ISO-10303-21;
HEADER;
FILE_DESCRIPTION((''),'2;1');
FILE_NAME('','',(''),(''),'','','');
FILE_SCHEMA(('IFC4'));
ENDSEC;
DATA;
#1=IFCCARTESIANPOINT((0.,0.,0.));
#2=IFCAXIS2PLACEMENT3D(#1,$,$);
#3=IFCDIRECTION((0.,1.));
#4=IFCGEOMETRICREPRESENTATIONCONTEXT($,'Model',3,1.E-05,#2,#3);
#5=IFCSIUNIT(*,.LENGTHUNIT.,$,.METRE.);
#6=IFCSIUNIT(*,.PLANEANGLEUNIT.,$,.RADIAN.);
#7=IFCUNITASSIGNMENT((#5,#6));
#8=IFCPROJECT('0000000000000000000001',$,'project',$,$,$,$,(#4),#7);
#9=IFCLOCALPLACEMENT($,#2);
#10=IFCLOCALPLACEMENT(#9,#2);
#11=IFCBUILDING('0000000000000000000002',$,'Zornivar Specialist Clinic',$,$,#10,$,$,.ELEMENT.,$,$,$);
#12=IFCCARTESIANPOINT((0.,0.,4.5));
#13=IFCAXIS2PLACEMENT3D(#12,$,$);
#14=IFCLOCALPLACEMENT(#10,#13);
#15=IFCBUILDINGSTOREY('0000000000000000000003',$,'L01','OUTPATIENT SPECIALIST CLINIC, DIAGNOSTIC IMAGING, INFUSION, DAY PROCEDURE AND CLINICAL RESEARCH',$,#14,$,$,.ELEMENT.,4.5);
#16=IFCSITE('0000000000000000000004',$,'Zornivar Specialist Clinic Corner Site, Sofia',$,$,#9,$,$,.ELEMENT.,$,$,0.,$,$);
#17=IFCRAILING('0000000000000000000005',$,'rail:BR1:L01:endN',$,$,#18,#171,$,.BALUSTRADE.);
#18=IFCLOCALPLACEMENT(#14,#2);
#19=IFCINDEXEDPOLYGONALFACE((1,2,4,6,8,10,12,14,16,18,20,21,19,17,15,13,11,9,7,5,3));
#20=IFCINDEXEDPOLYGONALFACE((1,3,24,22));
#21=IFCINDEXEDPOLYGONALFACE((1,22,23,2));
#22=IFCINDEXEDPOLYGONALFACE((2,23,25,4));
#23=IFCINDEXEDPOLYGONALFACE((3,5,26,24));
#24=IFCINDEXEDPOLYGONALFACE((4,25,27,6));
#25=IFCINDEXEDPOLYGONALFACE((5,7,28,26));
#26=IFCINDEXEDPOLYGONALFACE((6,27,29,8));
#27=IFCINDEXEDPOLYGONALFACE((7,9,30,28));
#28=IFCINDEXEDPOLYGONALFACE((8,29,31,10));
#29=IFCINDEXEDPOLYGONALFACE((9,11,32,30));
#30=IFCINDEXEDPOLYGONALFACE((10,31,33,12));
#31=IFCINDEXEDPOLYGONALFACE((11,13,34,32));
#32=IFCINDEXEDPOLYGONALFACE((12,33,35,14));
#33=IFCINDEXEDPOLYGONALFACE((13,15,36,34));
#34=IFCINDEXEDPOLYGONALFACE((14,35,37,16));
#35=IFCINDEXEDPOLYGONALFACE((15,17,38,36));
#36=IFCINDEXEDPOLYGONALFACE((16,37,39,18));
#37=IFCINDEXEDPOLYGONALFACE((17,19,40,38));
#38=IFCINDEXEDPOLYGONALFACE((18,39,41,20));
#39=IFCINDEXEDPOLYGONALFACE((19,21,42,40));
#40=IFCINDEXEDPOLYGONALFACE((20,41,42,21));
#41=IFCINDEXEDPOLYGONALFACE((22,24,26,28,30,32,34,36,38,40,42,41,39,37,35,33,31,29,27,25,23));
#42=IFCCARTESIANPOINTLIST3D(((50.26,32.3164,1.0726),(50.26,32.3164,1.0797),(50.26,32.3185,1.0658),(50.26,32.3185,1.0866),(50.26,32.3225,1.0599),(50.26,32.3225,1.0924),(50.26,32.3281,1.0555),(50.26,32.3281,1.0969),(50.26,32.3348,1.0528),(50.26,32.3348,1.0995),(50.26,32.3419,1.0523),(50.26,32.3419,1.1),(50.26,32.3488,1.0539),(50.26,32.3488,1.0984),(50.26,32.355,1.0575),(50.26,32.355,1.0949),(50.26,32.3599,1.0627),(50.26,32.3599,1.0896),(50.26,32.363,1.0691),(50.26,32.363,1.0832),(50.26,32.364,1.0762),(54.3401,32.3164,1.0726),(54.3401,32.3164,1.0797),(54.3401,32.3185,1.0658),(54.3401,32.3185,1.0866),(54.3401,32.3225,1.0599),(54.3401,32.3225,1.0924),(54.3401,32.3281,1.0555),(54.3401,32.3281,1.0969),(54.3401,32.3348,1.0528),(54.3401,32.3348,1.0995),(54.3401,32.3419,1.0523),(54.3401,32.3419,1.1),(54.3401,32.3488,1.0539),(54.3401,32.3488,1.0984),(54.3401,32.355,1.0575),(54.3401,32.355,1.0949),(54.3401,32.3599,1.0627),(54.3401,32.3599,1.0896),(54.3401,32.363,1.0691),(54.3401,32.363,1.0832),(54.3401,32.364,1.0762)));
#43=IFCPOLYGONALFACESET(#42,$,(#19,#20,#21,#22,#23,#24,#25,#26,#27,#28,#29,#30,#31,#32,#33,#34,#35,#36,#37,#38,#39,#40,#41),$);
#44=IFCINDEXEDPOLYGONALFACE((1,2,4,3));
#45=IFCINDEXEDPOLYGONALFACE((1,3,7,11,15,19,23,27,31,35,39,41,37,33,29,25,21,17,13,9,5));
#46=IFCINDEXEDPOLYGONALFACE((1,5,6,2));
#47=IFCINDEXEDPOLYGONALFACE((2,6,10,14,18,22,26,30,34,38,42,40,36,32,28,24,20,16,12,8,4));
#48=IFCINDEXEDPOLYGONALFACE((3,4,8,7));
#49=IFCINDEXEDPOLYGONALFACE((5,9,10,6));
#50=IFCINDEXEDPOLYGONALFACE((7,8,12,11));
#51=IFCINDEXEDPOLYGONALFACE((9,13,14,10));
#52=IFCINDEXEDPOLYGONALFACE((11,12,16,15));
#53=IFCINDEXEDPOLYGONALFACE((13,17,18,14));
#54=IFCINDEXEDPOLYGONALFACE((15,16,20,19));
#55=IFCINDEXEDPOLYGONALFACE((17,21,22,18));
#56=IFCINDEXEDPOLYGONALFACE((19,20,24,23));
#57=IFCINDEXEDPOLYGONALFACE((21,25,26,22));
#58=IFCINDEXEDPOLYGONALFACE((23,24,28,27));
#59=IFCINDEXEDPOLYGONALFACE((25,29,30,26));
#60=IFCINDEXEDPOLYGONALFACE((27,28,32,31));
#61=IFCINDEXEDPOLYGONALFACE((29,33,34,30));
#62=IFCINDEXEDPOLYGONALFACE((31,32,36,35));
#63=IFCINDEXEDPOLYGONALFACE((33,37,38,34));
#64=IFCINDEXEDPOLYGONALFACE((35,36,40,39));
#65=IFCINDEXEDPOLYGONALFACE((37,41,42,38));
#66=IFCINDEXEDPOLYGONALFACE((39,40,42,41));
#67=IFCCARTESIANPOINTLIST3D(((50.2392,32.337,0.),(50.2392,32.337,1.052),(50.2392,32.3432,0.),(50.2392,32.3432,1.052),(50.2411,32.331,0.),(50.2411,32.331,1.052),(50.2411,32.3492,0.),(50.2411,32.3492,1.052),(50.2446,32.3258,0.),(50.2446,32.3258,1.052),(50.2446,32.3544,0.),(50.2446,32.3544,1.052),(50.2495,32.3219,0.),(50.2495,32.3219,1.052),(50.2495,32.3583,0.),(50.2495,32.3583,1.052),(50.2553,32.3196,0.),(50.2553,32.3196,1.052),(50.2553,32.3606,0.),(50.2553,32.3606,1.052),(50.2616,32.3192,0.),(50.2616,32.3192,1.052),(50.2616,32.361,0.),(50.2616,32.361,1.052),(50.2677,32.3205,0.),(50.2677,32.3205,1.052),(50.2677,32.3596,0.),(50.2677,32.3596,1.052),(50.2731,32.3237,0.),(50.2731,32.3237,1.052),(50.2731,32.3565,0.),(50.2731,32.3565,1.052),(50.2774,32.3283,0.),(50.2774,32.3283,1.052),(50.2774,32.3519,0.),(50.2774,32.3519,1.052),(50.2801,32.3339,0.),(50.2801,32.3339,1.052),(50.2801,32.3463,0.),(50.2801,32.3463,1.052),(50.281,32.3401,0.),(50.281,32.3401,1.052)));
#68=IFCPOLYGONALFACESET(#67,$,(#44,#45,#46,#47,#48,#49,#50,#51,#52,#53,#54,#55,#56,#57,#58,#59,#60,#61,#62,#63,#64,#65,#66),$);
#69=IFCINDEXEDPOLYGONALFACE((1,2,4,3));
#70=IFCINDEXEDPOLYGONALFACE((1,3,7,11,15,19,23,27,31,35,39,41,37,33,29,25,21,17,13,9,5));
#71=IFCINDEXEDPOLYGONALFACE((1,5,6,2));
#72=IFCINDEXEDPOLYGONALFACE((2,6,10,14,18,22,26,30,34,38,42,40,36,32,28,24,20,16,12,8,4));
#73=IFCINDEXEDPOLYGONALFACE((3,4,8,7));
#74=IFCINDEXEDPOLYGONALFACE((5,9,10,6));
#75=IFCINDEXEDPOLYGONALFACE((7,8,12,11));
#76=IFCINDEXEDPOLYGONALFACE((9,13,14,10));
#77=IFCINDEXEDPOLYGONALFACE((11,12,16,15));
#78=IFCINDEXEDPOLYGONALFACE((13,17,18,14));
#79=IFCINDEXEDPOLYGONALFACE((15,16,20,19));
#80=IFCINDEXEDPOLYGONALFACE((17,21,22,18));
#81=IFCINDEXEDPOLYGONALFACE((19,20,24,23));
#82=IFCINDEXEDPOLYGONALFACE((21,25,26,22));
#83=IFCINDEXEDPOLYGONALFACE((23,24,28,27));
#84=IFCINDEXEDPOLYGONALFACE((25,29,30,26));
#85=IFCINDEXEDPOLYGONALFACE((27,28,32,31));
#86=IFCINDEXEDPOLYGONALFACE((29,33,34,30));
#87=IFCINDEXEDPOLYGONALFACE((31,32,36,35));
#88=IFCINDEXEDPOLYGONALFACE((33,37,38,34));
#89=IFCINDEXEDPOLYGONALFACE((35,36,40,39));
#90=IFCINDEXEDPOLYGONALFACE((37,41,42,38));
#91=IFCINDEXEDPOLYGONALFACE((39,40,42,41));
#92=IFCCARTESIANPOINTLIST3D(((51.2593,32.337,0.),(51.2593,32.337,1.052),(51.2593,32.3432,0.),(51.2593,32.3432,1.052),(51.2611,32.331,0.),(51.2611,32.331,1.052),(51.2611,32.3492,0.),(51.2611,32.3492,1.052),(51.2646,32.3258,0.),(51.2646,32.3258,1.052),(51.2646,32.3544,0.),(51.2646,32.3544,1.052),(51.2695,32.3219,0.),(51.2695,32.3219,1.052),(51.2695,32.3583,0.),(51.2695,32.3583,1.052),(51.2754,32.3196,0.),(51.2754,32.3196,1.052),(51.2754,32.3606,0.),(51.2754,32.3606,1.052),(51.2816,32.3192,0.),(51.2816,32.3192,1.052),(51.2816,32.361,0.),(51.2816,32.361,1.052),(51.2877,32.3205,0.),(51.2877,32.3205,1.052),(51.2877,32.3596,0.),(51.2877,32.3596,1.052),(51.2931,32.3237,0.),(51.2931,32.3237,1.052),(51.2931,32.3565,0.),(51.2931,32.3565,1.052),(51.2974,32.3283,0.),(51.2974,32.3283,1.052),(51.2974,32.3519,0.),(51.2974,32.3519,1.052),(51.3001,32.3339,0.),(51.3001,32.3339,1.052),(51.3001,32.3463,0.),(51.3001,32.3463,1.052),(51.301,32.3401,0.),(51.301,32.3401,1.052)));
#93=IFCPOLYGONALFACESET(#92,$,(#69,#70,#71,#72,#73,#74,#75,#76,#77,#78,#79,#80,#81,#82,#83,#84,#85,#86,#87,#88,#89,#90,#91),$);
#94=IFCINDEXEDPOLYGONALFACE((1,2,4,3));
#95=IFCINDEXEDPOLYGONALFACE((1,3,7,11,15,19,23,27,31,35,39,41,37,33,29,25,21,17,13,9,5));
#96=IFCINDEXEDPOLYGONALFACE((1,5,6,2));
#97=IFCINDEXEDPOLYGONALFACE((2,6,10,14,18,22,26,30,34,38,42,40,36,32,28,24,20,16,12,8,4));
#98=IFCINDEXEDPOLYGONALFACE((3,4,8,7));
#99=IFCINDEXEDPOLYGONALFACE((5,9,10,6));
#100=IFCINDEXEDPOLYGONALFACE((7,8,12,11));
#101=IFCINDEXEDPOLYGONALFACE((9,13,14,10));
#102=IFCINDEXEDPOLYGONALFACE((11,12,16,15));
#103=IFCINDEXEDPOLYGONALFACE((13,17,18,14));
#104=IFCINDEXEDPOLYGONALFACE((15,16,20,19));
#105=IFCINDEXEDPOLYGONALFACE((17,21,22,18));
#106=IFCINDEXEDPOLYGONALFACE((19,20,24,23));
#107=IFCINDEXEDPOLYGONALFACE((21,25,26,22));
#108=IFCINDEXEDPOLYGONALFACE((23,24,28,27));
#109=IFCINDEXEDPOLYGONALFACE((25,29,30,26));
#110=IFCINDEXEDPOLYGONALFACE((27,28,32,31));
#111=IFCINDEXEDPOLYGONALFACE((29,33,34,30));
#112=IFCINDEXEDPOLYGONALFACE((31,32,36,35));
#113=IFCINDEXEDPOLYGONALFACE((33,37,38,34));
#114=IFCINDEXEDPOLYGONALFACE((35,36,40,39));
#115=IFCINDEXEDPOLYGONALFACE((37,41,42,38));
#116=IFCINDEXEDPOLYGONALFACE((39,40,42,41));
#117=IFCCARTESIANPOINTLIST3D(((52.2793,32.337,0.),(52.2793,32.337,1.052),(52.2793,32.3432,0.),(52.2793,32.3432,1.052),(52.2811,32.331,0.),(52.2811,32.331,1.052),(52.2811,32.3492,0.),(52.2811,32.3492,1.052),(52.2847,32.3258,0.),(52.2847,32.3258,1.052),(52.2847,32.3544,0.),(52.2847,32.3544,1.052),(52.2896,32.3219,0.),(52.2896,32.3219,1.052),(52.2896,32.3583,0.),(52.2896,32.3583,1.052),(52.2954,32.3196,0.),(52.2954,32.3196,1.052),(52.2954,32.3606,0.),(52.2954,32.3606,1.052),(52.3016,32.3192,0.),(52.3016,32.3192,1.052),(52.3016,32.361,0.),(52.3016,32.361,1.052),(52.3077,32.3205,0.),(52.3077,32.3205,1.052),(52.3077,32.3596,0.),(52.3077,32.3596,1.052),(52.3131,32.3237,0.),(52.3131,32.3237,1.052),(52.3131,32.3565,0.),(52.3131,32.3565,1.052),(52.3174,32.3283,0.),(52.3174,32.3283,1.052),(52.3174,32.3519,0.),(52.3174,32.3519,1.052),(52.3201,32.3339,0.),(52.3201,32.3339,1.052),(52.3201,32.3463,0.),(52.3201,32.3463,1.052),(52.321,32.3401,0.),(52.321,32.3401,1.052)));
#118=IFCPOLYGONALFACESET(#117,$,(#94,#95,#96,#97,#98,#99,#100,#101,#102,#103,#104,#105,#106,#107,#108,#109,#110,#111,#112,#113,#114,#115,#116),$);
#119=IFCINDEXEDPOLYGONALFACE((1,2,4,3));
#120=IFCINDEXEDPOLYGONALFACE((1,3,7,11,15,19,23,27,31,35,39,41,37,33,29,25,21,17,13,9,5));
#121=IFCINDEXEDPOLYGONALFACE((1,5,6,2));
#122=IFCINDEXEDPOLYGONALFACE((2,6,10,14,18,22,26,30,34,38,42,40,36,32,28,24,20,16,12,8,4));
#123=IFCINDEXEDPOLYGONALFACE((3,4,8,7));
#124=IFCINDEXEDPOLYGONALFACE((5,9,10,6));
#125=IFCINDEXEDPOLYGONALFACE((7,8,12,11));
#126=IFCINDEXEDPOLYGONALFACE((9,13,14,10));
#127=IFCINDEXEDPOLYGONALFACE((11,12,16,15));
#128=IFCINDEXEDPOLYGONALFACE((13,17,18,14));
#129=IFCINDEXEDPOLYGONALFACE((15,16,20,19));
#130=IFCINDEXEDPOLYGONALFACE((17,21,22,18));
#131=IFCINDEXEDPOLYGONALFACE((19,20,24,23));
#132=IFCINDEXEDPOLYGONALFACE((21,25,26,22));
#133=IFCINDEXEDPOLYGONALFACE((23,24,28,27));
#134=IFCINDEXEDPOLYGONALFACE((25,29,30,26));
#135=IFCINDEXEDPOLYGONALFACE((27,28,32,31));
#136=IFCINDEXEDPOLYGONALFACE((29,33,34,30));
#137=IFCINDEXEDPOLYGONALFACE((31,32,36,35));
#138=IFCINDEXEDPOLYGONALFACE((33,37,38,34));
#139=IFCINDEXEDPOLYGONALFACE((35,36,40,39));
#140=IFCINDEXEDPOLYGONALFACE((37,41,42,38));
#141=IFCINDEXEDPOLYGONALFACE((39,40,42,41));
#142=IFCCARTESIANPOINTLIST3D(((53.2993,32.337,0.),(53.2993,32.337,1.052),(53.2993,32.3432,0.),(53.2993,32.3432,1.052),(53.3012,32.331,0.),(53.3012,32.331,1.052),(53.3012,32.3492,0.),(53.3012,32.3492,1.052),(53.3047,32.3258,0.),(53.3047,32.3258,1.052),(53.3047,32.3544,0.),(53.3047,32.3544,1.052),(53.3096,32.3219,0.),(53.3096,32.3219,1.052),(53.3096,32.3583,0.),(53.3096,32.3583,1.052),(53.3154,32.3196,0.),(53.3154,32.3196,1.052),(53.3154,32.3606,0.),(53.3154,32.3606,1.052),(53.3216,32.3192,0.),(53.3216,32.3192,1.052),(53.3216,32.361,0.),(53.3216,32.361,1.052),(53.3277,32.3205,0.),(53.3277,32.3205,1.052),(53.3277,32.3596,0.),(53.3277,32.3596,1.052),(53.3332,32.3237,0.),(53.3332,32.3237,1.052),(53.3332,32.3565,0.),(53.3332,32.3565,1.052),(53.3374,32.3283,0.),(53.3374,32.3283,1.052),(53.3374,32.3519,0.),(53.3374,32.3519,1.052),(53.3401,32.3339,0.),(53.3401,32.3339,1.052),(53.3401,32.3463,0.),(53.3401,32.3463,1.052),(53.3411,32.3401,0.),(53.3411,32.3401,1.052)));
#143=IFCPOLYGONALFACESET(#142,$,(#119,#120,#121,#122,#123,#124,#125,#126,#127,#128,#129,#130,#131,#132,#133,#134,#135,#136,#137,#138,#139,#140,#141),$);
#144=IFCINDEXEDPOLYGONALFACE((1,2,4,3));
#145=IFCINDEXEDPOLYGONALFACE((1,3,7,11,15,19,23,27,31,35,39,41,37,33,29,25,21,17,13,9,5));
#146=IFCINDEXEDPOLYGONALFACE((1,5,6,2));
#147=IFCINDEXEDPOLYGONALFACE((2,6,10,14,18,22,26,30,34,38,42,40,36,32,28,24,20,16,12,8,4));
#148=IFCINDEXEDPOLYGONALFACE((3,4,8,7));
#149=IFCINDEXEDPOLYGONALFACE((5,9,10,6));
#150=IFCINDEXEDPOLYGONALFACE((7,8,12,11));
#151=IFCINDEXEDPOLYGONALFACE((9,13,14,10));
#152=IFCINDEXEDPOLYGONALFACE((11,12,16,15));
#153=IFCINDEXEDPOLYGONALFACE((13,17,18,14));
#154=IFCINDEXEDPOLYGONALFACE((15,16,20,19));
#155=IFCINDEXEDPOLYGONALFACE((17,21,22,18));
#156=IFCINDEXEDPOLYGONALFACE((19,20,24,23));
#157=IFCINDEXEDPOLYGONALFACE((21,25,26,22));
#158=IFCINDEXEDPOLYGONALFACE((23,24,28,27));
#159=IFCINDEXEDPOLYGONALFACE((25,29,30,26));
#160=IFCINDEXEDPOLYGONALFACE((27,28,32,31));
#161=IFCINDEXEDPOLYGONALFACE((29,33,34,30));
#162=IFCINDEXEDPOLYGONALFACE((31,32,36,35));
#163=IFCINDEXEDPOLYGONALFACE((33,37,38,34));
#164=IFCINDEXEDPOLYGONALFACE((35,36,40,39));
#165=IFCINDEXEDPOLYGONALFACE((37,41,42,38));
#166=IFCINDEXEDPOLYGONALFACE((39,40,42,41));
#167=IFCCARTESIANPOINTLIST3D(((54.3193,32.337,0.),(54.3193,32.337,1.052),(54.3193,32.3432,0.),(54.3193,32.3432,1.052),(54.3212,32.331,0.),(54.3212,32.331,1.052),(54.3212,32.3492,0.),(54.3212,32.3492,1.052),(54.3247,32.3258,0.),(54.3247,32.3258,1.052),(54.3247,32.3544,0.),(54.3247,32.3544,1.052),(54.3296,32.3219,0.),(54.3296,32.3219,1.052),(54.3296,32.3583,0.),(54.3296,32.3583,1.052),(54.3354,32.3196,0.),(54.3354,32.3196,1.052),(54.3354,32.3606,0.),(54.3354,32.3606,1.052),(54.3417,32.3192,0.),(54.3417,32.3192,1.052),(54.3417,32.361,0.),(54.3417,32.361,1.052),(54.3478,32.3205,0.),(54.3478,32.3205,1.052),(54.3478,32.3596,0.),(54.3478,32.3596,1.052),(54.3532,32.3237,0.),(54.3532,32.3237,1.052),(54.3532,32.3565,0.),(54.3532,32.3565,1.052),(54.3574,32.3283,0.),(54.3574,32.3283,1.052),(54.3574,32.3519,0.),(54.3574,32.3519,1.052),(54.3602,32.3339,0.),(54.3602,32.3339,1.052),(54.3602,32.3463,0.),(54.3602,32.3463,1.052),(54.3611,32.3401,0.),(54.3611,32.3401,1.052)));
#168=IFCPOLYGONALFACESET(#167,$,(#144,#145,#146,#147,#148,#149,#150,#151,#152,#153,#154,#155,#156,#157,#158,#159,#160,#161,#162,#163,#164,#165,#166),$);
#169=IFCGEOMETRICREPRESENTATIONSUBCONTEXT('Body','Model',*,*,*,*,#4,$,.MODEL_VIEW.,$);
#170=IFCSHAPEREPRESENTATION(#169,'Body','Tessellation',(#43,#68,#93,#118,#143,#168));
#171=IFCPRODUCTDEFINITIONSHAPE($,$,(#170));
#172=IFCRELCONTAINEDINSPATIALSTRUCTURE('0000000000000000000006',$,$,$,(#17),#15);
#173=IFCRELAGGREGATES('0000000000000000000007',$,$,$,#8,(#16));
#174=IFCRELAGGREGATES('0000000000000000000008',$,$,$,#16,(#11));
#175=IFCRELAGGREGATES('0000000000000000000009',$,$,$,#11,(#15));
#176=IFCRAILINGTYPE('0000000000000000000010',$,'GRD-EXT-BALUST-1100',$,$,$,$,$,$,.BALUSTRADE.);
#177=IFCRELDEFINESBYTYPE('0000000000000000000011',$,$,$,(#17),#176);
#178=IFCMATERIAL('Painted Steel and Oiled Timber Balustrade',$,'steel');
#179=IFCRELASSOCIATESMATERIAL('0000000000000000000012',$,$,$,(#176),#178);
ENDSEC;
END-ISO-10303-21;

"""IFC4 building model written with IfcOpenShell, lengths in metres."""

from ifc_helpers import new_model, si_unit, direction, frame, origin, origin_2d, place, context, subcontext, project, spatial, circle, extrude, material, type_object, element, save


model = new_model("IFC4")

# Units and contexts
model_context = context("Model", 3, precision=1e-05, world=origin(), true_north=direction((0.0, 1.0)))
body_context = subcontext(model_context, "Body", "Model", "MODEL_VIEW")
ifc_project = project(units=[si_unit("LENGTHUNIT", "METRE"), si_unit("PLANEANGLEUNIT", "RADIAN")], contexts=[model_context])

# Site, building, storey
site_placement = place(None, origin())
site = spatial("IfcSite", under=ifc_project, at=site_placement, Name="Zornivar Specialist Clinic Corner Site, Sofia", CompositionType="ELEMENT", RefElevation=0.0)
building_placement = place(site_placement, origin())
building = spatial("IfcBuilding", under=site, at=building_placement, Name="Zornivar Specialist Clinic", CompositionType="ELEMENT")
storey_placement = place(building_placement, frame((0.0, 0.0, 4.5)))
storey = spatial("IfcBuildingStorey", under=building, at=storey_placement, Name="L01", Description="OUTPATIENT SPECIALIST CLINIC, DIAGNOSTIC IMAGING, INFUSION, DAY PROCEDURE AND CLINICAL RESEARCH", CompositionType="ELEMENT", Elevation=4.5)

# Railing
ifc_material_1 = material(Name="Painted Steel and Oiled Timber Balustrade", Category="steel")
railing_type = type_object("IfcRailingType", Name="GRD-EXT-BALUST-1100", PredefinedType="BALUSTRADE", material=ifc_material_1)
railing_placement = place(storey_placement, frame((50.26, 32.3401, 0.0)))
element("IfcRailing", 1, at=railing_placement, inside=storey, type_object=railing_type, Name="rail:BR1:L01:endN", PredefinedType="BALUSTRADE", context=body_context, shape_type="SweptSolid", body=[
    extrude(circle(Radius=0.0239, at=origin_2d()), frame((0.0, 0.0, 1.0762), z_axis=(1.0, 0.0, 0.0), x_axis=(0.0, 1.0, 0.0)), (0.0, 0.0, 1.0), 4.0801),
    extrude(circle(Radius=0.021, at=origin_2d()), origin(), (0.0, 0.0, 1.0), 1.052),
    extrude(circle(Radius=0.021, at=origin_2d()), frame((1.02, 0.0, 0.0)), (0.0, 0.0, 1.0), 1.052),
    extrude(circle(Radius=0.021, at=origin_2d()), frame((2.04, 0.0, 0.0)), (0.0, 0.0, 1.0), 1.052),
    extrude(circle(Radius=0.021, at=origin_2d()), frame((3.0601, 0.0, 0.0)), (0.0, 0.0, 1.0), 1.052),
    extrude(circle(Radius=0.021, at=origin_2d()), frame((4.0801, 0.0, 0.0)), (0.0, 0.0, 1.0), 1.052),
])

save(model, "model.ifc")
